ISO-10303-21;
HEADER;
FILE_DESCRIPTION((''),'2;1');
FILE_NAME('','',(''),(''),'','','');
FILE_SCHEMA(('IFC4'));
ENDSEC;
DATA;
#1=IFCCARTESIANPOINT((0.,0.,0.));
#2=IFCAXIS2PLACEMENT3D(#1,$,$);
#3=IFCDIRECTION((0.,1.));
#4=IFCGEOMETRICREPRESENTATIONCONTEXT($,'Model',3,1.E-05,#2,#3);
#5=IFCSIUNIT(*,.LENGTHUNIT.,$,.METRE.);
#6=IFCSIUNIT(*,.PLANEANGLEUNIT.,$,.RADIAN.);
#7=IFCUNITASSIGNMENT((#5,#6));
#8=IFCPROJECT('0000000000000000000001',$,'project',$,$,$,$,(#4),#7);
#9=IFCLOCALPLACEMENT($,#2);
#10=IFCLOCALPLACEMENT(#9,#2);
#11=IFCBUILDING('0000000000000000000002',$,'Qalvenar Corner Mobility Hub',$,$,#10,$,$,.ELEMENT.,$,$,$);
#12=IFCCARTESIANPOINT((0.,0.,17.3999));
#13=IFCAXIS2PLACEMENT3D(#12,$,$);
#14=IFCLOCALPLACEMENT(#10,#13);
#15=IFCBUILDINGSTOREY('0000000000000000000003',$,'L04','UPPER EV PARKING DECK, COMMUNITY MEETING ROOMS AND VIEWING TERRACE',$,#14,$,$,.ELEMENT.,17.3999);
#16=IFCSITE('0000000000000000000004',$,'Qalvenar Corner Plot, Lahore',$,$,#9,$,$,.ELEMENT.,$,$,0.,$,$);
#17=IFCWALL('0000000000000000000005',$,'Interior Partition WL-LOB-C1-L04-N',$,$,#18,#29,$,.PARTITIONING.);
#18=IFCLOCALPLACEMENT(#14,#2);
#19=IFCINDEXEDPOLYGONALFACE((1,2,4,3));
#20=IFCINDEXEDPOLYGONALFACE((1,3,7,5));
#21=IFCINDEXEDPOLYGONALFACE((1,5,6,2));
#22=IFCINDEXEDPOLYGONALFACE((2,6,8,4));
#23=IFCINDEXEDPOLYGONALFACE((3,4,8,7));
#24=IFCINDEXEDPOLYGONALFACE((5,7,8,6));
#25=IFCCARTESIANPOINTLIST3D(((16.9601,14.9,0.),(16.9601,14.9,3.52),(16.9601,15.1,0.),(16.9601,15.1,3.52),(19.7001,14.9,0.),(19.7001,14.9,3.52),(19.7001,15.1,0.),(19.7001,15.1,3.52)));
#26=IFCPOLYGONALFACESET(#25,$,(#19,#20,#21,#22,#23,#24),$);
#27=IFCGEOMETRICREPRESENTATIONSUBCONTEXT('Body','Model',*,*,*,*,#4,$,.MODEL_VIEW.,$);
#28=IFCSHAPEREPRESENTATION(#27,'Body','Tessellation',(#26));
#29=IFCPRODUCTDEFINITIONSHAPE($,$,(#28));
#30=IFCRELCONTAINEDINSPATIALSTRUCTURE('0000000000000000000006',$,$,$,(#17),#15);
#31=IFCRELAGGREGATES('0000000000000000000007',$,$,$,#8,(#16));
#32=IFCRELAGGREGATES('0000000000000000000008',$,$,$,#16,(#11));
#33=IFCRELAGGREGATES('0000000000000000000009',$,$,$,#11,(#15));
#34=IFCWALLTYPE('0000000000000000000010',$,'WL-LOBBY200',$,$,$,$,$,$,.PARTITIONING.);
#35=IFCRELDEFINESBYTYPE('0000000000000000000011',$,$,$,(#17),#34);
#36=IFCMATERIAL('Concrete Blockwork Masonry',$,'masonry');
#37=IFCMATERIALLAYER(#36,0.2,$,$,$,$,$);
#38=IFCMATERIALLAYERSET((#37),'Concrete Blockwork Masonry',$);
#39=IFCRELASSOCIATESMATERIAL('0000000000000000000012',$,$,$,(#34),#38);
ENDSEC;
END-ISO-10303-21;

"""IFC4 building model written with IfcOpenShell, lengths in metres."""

from ifc_helpers import new_model, si_unit, direction, frame, frame_2d, origin, place, context, subcontext, project, spatial, rectangle, extrude, material, layer, layer_set, type_object, element, save


model = new_model("IFC4")

# Units and contexts
model_context = context("Model", 3, precision=1e-05, world=origin(), true_north=direction((0.0, 1.0)))
body_context = subcontext(model_context, "Body", "Model", "MODEL_VIEW")
ifc_project = project(units=[si_unit("LENGTHUNIT", "METRE"), si_unit("PLANEANGLEUNIT", "RADIAN")], contexts=[model_context])

# Site, building, storey
site_placement = place(None, origin())
site = spatial("IfcSite", under=ifc_project, at=site_placement, Name="Qalvenar Corner Plot, Lahore", CompositionType="ELEMENT", RefElevation=0.0)
building_placement = place(site_placement, origin())
building = spatial("IfcBuilding", under=site, at=building_placement, Name="Qalvenar Corner Mobility Hub", CompositionType="ELEMENT")
storey_placement = place(building_placement, frame((0.0, 0.0, 17.3999)))
storey = spatial("IfcBuildingStorey", under=building, at=storey_placement, Name="L04", Description="UPPER EV PARKING DECK, COMMUNITY MEETING ROOMS AND VIEWING TERRACE", CompositionType="ELEMENT", Elevation=17.3999)

# Wall
ifc_material_1 = material(Name="Concrete Blockwork Masonry", Category="masonry")
ifc_layer_1 = layer(ifc_material_1, 0.2)
ifc_layer_set_1 = layer_set([ifc_layer_1], Name="Concrete Blockwork Masonry")
wall_type_1 = type_object("IfcWallType", Name="WL-LOBBY200", PredefinedType="PARTITIONING", material=ifc_layer_set_1)
wall_1_placement = place(storey_placement, frame((16.96, 15.0, 0.0), z_axis=(0.0, 0.0, 1.0), x_axis=(1.0, 0.0, 0.0)))
element("IfcWall", 1, at=wall_1_placement, inside=storey, type_object=wall_type_1, Name="Interior Partition WL-LOB-C1-L04-N", PredefinedType="PARTITIONING", context=body_context, shape_type="SweptSolid", body=[
    extrude(rectangle(XDim=2.74, YDim=0.2, at=frame_2d((1.3701, 0.0))), origin(), (0.0, 0.0, 1.0), 3.52),
])

save(model, "model.ifc")
